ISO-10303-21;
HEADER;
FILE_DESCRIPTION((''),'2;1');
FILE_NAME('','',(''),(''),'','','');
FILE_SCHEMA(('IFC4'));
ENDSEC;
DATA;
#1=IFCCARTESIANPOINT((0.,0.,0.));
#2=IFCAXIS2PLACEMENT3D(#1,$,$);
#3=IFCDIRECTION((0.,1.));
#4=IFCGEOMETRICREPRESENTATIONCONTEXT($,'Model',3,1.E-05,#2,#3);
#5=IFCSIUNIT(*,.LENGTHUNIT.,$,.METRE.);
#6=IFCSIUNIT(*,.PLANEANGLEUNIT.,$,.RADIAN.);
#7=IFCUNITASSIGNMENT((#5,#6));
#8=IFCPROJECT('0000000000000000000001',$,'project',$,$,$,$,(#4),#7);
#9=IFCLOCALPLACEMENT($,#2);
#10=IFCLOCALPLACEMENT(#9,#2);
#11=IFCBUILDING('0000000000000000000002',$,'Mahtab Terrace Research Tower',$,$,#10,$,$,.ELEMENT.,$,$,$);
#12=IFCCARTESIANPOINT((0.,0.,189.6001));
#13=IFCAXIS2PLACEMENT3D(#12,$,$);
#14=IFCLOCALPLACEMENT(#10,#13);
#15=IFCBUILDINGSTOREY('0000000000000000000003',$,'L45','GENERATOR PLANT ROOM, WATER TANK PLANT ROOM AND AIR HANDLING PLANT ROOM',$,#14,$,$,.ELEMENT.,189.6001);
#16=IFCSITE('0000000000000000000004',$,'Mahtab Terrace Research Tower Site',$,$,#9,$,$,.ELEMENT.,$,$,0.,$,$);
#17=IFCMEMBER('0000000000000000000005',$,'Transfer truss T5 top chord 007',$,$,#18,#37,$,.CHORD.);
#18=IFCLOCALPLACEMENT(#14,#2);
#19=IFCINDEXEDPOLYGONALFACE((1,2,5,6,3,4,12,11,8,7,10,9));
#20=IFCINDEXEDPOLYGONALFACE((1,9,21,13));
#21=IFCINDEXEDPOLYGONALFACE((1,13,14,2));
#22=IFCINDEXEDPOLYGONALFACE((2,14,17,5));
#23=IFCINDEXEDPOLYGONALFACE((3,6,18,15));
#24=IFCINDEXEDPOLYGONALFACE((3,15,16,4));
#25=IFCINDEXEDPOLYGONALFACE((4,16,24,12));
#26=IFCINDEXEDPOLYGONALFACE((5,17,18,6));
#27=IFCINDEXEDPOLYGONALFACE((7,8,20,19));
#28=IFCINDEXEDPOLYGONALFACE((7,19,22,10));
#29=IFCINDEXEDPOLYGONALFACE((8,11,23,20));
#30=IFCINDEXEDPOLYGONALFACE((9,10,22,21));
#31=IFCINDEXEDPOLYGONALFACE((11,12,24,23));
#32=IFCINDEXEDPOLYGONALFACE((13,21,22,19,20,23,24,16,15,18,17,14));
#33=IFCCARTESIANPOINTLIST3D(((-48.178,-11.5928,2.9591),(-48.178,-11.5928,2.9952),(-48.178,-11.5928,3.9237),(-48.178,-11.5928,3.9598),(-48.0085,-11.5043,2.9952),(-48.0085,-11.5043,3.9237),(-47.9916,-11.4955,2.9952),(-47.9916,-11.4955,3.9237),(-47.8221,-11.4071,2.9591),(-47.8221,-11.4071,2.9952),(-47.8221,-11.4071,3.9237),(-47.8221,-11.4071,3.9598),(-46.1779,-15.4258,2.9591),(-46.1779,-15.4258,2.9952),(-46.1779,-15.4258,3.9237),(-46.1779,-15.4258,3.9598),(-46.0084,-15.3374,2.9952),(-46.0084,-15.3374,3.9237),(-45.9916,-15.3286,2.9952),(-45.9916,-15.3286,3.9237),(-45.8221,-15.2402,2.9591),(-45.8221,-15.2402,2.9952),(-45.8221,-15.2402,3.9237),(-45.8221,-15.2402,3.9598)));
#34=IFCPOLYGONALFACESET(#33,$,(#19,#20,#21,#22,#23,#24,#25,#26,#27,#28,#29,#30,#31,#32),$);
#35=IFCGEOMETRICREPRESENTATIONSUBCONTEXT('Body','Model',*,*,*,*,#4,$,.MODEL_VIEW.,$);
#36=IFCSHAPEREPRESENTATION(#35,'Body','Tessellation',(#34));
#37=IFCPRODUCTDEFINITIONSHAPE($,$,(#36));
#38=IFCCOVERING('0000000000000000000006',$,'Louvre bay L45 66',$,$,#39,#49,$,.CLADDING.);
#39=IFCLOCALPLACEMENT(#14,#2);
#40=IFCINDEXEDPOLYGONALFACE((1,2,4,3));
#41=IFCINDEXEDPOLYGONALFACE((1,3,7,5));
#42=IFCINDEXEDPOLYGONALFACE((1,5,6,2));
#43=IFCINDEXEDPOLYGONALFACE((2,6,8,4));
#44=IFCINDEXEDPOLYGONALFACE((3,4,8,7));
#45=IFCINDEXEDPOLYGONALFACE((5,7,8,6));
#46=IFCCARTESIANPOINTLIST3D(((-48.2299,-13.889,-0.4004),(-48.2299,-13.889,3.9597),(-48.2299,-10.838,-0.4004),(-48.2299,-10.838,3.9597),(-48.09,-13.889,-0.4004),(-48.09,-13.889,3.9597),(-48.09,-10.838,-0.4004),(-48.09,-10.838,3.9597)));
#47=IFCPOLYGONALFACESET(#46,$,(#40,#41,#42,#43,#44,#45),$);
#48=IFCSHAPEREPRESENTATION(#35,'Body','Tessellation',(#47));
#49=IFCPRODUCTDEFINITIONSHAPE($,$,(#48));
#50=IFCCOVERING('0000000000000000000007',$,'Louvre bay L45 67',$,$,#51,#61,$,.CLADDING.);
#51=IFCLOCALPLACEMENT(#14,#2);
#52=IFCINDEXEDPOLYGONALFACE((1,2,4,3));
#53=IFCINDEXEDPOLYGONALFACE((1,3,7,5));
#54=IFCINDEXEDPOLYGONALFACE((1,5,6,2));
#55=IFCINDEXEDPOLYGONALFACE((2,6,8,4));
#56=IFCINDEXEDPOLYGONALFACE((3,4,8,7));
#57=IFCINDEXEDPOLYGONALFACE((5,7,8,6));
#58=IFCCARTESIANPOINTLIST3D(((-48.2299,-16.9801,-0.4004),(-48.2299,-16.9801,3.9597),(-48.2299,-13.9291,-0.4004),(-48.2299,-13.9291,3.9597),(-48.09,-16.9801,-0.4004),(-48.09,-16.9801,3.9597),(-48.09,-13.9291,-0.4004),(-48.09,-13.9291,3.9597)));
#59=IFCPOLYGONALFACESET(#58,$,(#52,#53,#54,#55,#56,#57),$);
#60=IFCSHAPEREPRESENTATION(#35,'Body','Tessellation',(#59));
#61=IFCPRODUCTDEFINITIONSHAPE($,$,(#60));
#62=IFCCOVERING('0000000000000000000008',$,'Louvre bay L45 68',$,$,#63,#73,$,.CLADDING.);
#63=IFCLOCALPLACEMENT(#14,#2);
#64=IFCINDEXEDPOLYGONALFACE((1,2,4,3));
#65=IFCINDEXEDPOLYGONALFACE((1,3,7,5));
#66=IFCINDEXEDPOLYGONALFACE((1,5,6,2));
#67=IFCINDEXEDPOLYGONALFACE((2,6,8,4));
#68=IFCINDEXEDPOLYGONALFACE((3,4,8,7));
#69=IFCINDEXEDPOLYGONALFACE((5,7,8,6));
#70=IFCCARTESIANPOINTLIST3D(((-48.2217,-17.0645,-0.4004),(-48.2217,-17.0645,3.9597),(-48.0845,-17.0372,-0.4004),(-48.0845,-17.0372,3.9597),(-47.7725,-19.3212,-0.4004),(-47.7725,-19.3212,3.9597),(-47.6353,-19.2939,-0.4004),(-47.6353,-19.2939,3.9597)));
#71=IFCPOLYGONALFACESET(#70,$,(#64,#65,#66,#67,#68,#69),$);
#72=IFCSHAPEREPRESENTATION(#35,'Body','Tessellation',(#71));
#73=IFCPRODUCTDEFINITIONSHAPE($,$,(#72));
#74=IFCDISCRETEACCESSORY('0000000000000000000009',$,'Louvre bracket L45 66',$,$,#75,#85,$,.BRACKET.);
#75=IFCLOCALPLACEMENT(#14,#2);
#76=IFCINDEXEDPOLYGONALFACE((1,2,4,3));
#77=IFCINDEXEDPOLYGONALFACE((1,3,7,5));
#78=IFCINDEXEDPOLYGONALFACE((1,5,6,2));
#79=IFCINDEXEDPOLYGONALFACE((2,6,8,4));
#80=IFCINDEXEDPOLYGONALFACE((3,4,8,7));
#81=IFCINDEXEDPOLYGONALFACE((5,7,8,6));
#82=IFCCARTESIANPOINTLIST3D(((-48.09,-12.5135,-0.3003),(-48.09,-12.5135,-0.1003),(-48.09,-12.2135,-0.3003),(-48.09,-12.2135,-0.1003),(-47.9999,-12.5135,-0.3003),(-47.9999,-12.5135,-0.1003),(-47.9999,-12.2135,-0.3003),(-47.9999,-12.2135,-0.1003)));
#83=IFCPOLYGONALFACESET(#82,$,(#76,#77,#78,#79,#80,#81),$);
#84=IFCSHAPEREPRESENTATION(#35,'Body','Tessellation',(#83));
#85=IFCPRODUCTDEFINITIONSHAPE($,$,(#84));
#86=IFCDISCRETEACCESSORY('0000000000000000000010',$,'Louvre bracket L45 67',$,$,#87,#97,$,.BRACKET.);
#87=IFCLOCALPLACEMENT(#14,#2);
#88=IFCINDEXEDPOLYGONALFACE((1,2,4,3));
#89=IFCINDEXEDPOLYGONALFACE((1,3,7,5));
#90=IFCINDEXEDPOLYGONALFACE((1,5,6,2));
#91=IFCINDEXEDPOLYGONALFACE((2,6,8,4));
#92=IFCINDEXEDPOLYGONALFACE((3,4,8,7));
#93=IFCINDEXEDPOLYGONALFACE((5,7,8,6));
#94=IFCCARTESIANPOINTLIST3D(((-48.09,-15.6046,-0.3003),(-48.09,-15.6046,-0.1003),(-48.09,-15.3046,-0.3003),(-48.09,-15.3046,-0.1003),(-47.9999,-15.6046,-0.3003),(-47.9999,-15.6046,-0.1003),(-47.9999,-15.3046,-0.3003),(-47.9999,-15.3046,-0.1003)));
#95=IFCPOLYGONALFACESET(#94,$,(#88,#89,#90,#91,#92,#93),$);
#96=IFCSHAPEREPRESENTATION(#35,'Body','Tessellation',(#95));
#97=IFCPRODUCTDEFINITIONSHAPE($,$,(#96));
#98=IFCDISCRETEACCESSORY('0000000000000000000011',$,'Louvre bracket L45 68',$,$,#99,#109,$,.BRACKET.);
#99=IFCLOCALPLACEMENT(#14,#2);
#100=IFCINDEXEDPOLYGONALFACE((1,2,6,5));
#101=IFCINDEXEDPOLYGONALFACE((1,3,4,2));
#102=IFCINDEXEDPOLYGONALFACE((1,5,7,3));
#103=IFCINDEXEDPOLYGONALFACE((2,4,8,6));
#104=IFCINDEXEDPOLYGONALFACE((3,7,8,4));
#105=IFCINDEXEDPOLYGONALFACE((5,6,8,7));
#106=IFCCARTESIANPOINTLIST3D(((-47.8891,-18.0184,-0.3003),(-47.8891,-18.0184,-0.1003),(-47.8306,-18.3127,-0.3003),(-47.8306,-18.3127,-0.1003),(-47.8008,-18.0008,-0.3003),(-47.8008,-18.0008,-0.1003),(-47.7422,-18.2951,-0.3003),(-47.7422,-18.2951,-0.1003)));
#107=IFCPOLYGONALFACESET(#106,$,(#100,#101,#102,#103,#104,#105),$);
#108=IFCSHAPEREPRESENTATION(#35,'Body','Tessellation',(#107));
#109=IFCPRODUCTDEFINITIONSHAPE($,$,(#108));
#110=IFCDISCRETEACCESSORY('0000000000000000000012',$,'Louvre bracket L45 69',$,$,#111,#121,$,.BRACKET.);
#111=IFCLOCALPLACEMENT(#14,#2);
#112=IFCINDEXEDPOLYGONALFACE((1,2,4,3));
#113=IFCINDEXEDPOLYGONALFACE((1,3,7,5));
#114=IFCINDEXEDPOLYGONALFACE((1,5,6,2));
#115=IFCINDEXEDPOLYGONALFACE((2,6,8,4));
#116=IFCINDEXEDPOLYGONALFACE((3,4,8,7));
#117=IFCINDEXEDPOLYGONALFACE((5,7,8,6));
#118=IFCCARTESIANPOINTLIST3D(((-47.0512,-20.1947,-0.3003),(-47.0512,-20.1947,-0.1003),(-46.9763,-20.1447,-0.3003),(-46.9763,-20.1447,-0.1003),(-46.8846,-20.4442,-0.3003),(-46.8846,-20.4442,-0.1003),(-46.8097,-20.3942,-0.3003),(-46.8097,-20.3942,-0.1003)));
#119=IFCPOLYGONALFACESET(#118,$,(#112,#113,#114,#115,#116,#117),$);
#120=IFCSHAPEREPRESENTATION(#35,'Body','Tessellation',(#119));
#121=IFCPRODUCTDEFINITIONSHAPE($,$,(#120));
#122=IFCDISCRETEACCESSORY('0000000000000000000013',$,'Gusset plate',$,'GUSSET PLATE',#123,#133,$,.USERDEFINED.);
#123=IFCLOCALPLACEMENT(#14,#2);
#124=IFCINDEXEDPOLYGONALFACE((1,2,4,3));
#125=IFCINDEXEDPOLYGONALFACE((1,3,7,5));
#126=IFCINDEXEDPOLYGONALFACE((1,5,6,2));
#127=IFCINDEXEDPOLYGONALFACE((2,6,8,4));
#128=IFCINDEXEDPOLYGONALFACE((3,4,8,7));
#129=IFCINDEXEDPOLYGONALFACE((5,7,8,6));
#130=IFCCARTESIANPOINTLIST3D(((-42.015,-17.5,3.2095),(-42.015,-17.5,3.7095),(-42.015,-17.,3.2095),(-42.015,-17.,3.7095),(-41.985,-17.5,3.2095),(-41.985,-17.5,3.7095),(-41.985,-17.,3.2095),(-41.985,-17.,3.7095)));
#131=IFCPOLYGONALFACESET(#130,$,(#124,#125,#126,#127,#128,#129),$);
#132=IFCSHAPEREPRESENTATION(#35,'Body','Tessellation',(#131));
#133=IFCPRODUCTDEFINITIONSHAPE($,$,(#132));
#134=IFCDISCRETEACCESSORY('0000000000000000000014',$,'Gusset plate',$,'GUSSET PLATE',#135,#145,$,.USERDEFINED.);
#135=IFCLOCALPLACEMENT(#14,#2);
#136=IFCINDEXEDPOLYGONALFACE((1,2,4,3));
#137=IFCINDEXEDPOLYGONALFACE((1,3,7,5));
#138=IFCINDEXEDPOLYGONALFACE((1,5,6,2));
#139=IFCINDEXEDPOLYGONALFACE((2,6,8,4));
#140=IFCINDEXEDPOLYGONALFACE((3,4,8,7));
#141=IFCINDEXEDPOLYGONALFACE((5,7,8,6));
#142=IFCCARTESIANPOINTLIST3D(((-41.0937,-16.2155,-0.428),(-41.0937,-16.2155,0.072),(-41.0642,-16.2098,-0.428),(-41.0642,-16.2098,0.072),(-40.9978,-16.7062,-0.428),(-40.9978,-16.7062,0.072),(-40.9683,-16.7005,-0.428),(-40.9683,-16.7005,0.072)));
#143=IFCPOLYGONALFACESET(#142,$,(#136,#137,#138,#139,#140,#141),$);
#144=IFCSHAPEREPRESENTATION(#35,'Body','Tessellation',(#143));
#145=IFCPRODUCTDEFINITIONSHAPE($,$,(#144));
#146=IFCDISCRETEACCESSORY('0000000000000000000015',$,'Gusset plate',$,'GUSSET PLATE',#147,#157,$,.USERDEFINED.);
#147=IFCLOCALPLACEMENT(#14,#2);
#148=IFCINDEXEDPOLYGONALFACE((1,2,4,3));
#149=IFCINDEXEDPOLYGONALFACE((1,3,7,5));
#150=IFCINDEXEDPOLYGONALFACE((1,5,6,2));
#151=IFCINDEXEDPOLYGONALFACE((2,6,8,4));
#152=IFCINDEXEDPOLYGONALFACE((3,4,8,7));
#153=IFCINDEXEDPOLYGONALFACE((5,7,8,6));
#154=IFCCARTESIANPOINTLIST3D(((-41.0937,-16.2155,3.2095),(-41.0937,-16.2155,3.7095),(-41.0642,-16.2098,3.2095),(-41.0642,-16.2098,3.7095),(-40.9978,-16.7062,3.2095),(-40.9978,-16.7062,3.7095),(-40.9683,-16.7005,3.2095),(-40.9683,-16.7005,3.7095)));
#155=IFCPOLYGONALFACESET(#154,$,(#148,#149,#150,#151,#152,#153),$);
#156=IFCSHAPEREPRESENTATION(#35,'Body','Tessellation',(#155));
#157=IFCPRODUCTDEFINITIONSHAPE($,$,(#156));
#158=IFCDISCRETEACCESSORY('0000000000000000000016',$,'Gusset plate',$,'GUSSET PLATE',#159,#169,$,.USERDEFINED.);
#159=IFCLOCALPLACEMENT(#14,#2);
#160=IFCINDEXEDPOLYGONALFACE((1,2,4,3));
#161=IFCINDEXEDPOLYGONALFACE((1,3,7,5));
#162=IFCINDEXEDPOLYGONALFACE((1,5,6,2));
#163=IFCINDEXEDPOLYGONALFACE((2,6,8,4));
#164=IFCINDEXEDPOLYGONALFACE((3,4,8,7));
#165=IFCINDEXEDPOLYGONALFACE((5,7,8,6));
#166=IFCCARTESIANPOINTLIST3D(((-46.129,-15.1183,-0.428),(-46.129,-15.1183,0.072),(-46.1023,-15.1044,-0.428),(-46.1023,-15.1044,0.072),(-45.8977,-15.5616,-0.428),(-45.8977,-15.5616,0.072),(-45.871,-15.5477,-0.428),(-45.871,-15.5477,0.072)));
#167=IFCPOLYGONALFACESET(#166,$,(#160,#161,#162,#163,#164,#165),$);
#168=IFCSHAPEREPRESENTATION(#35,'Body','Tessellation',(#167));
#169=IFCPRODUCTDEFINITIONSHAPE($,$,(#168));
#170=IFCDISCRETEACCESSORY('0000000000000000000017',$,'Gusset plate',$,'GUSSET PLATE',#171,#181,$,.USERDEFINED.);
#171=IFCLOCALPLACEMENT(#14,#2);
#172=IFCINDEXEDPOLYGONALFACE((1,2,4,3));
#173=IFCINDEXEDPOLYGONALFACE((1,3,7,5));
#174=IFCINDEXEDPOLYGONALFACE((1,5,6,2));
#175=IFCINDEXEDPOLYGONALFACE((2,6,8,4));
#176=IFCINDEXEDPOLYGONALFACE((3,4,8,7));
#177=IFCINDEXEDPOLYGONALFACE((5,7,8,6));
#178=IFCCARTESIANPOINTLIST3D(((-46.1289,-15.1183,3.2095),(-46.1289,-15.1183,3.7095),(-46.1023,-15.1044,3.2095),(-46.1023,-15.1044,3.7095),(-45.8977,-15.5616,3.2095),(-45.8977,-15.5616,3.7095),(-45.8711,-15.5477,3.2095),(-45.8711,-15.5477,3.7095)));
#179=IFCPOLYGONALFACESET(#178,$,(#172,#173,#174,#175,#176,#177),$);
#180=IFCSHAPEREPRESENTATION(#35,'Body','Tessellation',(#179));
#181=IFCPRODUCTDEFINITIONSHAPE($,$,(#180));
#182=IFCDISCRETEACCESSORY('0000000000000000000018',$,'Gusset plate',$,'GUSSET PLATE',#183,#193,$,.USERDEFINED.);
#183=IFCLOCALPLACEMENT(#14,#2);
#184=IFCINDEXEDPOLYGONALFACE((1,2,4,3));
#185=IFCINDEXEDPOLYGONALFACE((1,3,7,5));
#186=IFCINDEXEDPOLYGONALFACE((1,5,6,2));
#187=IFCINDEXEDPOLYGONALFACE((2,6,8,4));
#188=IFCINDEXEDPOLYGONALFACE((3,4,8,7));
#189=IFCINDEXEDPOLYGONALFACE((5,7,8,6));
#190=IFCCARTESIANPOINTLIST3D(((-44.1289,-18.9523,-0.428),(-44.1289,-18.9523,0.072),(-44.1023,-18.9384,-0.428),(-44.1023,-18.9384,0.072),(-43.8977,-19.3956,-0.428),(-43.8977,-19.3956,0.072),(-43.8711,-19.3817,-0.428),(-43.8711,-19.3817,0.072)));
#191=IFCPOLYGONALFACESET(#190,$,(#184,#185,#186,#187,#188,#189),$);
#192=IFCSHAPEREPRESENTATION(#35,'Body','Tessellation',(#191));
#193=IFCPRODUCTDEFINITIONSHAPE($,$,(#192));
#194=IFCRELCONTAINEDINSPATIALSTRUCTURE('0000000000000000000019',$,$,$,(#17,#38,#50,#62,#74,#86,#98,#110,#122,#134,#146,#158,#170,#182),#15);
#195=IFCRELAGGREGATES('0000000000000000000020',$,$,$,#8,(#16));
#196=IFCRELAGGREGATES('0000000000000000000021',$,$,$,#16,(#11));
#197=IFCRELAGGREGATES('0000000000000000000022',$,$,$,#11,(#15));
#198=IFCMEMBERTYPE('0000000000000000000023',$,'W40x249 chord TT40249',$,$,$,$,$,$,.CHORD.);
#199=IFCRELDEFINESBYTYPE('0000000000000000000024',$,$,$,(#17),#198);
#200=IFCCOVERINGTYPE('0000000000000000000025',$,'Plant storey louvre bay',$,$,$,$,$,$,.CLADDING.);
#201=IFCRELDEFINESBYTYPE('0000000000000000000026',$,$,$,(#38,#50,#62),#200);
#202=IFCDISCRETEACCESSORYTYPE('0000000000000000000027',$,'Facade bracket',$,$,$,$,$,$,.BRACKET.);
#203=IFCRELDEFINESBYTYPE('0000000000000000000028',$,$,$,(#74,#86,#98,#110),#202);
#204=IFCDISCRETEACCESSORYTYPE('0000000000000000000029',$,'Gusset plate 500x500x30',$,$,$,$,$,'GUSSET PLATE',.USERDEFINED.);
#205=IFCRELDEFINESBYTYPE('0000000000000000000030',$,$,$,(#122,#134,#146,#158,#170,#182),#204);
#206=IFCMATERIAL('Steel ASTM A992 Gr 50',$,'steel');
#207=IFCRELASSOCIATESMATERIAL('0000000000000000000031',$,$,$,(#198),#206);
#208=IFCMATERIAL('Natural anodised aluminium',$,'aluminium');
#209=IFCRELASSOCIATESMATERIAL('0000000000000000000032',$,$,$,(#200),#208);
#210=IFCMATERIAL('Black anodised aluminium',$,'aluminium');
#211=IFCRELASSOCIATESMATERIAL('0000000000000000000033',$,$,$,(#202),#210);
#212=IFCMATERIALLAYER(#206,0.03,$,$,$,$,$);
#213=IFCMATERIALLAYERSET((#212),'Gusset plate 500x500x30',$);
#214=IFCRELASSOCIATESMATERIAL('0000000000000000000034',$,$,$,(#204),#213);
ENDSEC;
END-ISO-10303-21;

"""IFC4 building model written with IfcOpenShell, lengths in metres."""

from ifc_helpers import new_model, si_unit, direction, frame, origin, origin_2d, place, context, subcontext, project, spatial, rectangle, i_section, extrude, material, layer, layer_set, material_profile, profile_set, type_object, element, save


model = new_model("IFC4")

# Units and contexts
model_context = context("Model", 3, precision=1e-05, world=origin(), true_north=direction((0.0, 1.0)))
body_context = subcontext(model_context, "Body", "Model", "MODEL_VIEW")
ifc_project = project(units=[si_unit("LENGTHUNIT", "METRE"), si_unit("PLANEANGLEUNIT", "RADIAN")], contexts=[model_context])

# Site, building, storey
site_placement = place(None, origin())
site = spatial("IfcSite", under=ifc_project, at=site_placement, Name="Mahtab Terrace Research Tower Site", CompositionType="ELEMENT", RefElevation=0.0)
building_placement = place(site_placement, origin())
building = spatial("IfcBuilding", under=site, at=building_placement, Name="Mahtab Terrace Research Tower", CompositionType="ELEMENT")
storey_placement = place(building_placement, frame((0.0, 0.0, 189.6001)))
storey = spatial("IfcBuildingStorey", under=building, at=storey_placement, Name="L45", Description="GENERATOR PLANT ROOM, WATER TANK PLANT ROOM AND AIR HANDLING PLANT ROOM", CompositionType="ELEMENT", Elevation=189.6001)

# Member
ifc_material_1 = material(Name="Steel ASTM A992 Gr 50", Category="steel")
ifc_material_profile_1 = material_profile(ifc_material_1, i_section(OverallWidth=0.4014, OverallDepth=1.0007, WebThickness=0.019, FlangeThickness=0.0361, at=origin_2d()), Name="W40X249")
ifc_profile_set_1 = profile_set([ifc_material_profile_1], Name="Steel ASTM A992 Gr 50")
member_type_1 = type_object("IfcMemberType", Name="W40x249 chord TT40249", PredefinedType="CHORD", material=ifc_profile_set_1)
member_1_placement = place(storey_placement, frame((-46.0, -15.333, 3.4595), z_axis=(-0.462597, 0.886569, 0.0), x_axis=(-0.886569, -0.462597, 0.0)))
element("IfcMember", 1, at=member_1_placement, inside=storey, type_object=member_type_1, Name="Transfer truss T5 top chord 007", PredefinedType="CHORD", context=body_context, shape_type="SweptSolid", body=[
    extrude(i_section(OverallWidth=0.4014, OverallDepth=1.0007, WebThickness=0.019, FlangeThickness=0.0361, at=origin_2d()), origin(), (0.0, 0.0, 1.0), 4.3235),
])

# Coverings
ifc_material_2 = material(Name="Natural anodised aluminium", Category="aluminium")
covering_type = type_object("IfcCoveringType", Name="Plant storey louvre bay", PredefinedType="CLADDING", material=ifc_material_2)
for number, where, z_axis, x_axis, name in (
    (2, (-48.1599, -12.3635, -0.4004), (0.0, 0.0, 1.0), (0.0, -1.0, 0.0), "Louvre bay L45 66"),
    (3, (-48.1599, -15.4546, -0.4004), (0.0, 0.0, 1.0), (0.0, -1.0, 0.0), "Louvre bay L45 67"),
):
    element("IfcCovering", number, at=place(storey_placement, frame(where, z_axis=z_axis, x_axis=x_axis)), inside=storey, type_object=covering_type, Name=name, PredefinedType="CLADDING", context=body_context, shape_type="SweptSolid", body=[
        extrude(rectangle(XDim=3.051, YDim=0.1399, at=origin_2d()), origin(), (0.0, 0.0, 1.0), 4.3601),
    ])
covering_placement = place(storey_placement, frame((-47.9285, -18.1792, -0.4004), z_axis=(0.0, 0.0, 1.0), x_axis=(0.195212, -0.980761, 0.0)))
element("IfcCovering", 4, at=covering_placement, inside=storey, type_object=covering_type, Name="Louvre bay L45 68", PredefinedType="CLADDING", context=body_context, shape_type="SweptSolid", body=[
    extrude(rectangle(XDim=2.301, YDim=0.1399, at=origin_2d()), origin(), (0.0, 0.0, 1.0), 4.3601),
])

# Discrete accessories
ifc_material_3 = material(Name="Black anodised aluminium", Category="aluminium")
discrete_accessory_type_1 = type_object("IfcDiscreteAccessoryType", Name="Facade bracket", PredefinedType="BRACKET", material=ifc_material_3)
for number, where, z_axis, x_axis, name in (
    (5, (-48.0449, -12.3635, -0.3003), (0.0, 0.0, 1.0), (0.0, -1.0, 0.0), "Louvre bracket L45 66"),
    (6, (-48.0449, -15.4546, -0.3003), (0.0, 0.0, 1.0), (0.0, -1.0, 0.0), "Louvre bracket L45 67"),
    (7, (-47.8157, -18.1567, -0.3003), (0.0, 0.0, 1.0), (0.195212, -0.980761, 0.0), "Louvre bracket L45 68"),
    (8, (-46.9304, -20.2944, -0.3003), (0.0, 0.0, 1.0), (0.555291, -0.831656, 0.0), "Louvre bracket L45 69"),
):
    element("IfcDiscreteAccessory", number, at=place(storey_placement, frame(where, z_axis=z_axis, x_axis=x_axis)), inside=storey, type_object=discrete_accessory_type_1, Name=name, PredefinedType="BRACKET", context=body_context, shape_type="SweptSolid", body=[
        extrude(rectangle(XDim=0.3, YDim=0.0901, at=origin_2d()), origin(), (0.0, 0.0, 1.0), 0.2),
    ])
ifc_layer = layer(ifc_material_1, 0.03)
ifc_layer_set = layer_set([ifc_layer], Name="Gusset plate 500x500x30")
discrete_accessory_type_2 = type_object("IfcDiscreteAccessoryType", Name="Gusset plate 500x500x30", ElementType="GUSSET PLATE", PredefinedType="USERDEFINED", material=ifc_layer_set)
for number, where, z_axis, x_axis, name in (
    (9, (-42.0, -17.25, 3.2095), (0.0, 0.0, 1.0), (0.0, 1.0, 0.0), "Gusset plate"),
    (10, (-41.031, -16.458, -0.428), (0.0, 0.0, 1.0), (-0.19182, 0.98143, 0.0), "Gusset plate"),
    (11, (-41.031, -16.458, 3.2095), (0.0, 0.0, 1.0), (-0.19182, 0.98143, 0.0), "Gusset plate"),
    (12, (-46.0, -15.333, -0.428), (0.0, 0.0, 1.0), (-0.4626, 0.886567, 0.0), "Gusset plate"),
    (13, (-46.0, -15.333, 3.2095), (0.0, 0.0, 1.0), (-0.462507, 0.886616, 0.0), "Gusset plate"),
    (14, (-44.0, -19.167, -0.428), (0.0, 0.0, 1.0), (-0.462507, 0.886616, 0.0), "Gusset plate"),
):
    element("IfcDiscreteAccessory", number, at=place(storey_placement, frame(where, z_axis=z_axis, x_axis=x_axis)), inside=storey, type_object=discrete_accessory_type_2, Name=name, ObjectType="GUSSET PLATE", PredefinedType="USERDEFINED", context=body_context, shape_type="SweptSolid", body=[
        extrude(rectangle(XDim=0.5, YDim=0.03, at=origin_2d()), origin(), (0.0, 0.0, 1.0), 0.5),
    ])

save(model, "model.ifc")
